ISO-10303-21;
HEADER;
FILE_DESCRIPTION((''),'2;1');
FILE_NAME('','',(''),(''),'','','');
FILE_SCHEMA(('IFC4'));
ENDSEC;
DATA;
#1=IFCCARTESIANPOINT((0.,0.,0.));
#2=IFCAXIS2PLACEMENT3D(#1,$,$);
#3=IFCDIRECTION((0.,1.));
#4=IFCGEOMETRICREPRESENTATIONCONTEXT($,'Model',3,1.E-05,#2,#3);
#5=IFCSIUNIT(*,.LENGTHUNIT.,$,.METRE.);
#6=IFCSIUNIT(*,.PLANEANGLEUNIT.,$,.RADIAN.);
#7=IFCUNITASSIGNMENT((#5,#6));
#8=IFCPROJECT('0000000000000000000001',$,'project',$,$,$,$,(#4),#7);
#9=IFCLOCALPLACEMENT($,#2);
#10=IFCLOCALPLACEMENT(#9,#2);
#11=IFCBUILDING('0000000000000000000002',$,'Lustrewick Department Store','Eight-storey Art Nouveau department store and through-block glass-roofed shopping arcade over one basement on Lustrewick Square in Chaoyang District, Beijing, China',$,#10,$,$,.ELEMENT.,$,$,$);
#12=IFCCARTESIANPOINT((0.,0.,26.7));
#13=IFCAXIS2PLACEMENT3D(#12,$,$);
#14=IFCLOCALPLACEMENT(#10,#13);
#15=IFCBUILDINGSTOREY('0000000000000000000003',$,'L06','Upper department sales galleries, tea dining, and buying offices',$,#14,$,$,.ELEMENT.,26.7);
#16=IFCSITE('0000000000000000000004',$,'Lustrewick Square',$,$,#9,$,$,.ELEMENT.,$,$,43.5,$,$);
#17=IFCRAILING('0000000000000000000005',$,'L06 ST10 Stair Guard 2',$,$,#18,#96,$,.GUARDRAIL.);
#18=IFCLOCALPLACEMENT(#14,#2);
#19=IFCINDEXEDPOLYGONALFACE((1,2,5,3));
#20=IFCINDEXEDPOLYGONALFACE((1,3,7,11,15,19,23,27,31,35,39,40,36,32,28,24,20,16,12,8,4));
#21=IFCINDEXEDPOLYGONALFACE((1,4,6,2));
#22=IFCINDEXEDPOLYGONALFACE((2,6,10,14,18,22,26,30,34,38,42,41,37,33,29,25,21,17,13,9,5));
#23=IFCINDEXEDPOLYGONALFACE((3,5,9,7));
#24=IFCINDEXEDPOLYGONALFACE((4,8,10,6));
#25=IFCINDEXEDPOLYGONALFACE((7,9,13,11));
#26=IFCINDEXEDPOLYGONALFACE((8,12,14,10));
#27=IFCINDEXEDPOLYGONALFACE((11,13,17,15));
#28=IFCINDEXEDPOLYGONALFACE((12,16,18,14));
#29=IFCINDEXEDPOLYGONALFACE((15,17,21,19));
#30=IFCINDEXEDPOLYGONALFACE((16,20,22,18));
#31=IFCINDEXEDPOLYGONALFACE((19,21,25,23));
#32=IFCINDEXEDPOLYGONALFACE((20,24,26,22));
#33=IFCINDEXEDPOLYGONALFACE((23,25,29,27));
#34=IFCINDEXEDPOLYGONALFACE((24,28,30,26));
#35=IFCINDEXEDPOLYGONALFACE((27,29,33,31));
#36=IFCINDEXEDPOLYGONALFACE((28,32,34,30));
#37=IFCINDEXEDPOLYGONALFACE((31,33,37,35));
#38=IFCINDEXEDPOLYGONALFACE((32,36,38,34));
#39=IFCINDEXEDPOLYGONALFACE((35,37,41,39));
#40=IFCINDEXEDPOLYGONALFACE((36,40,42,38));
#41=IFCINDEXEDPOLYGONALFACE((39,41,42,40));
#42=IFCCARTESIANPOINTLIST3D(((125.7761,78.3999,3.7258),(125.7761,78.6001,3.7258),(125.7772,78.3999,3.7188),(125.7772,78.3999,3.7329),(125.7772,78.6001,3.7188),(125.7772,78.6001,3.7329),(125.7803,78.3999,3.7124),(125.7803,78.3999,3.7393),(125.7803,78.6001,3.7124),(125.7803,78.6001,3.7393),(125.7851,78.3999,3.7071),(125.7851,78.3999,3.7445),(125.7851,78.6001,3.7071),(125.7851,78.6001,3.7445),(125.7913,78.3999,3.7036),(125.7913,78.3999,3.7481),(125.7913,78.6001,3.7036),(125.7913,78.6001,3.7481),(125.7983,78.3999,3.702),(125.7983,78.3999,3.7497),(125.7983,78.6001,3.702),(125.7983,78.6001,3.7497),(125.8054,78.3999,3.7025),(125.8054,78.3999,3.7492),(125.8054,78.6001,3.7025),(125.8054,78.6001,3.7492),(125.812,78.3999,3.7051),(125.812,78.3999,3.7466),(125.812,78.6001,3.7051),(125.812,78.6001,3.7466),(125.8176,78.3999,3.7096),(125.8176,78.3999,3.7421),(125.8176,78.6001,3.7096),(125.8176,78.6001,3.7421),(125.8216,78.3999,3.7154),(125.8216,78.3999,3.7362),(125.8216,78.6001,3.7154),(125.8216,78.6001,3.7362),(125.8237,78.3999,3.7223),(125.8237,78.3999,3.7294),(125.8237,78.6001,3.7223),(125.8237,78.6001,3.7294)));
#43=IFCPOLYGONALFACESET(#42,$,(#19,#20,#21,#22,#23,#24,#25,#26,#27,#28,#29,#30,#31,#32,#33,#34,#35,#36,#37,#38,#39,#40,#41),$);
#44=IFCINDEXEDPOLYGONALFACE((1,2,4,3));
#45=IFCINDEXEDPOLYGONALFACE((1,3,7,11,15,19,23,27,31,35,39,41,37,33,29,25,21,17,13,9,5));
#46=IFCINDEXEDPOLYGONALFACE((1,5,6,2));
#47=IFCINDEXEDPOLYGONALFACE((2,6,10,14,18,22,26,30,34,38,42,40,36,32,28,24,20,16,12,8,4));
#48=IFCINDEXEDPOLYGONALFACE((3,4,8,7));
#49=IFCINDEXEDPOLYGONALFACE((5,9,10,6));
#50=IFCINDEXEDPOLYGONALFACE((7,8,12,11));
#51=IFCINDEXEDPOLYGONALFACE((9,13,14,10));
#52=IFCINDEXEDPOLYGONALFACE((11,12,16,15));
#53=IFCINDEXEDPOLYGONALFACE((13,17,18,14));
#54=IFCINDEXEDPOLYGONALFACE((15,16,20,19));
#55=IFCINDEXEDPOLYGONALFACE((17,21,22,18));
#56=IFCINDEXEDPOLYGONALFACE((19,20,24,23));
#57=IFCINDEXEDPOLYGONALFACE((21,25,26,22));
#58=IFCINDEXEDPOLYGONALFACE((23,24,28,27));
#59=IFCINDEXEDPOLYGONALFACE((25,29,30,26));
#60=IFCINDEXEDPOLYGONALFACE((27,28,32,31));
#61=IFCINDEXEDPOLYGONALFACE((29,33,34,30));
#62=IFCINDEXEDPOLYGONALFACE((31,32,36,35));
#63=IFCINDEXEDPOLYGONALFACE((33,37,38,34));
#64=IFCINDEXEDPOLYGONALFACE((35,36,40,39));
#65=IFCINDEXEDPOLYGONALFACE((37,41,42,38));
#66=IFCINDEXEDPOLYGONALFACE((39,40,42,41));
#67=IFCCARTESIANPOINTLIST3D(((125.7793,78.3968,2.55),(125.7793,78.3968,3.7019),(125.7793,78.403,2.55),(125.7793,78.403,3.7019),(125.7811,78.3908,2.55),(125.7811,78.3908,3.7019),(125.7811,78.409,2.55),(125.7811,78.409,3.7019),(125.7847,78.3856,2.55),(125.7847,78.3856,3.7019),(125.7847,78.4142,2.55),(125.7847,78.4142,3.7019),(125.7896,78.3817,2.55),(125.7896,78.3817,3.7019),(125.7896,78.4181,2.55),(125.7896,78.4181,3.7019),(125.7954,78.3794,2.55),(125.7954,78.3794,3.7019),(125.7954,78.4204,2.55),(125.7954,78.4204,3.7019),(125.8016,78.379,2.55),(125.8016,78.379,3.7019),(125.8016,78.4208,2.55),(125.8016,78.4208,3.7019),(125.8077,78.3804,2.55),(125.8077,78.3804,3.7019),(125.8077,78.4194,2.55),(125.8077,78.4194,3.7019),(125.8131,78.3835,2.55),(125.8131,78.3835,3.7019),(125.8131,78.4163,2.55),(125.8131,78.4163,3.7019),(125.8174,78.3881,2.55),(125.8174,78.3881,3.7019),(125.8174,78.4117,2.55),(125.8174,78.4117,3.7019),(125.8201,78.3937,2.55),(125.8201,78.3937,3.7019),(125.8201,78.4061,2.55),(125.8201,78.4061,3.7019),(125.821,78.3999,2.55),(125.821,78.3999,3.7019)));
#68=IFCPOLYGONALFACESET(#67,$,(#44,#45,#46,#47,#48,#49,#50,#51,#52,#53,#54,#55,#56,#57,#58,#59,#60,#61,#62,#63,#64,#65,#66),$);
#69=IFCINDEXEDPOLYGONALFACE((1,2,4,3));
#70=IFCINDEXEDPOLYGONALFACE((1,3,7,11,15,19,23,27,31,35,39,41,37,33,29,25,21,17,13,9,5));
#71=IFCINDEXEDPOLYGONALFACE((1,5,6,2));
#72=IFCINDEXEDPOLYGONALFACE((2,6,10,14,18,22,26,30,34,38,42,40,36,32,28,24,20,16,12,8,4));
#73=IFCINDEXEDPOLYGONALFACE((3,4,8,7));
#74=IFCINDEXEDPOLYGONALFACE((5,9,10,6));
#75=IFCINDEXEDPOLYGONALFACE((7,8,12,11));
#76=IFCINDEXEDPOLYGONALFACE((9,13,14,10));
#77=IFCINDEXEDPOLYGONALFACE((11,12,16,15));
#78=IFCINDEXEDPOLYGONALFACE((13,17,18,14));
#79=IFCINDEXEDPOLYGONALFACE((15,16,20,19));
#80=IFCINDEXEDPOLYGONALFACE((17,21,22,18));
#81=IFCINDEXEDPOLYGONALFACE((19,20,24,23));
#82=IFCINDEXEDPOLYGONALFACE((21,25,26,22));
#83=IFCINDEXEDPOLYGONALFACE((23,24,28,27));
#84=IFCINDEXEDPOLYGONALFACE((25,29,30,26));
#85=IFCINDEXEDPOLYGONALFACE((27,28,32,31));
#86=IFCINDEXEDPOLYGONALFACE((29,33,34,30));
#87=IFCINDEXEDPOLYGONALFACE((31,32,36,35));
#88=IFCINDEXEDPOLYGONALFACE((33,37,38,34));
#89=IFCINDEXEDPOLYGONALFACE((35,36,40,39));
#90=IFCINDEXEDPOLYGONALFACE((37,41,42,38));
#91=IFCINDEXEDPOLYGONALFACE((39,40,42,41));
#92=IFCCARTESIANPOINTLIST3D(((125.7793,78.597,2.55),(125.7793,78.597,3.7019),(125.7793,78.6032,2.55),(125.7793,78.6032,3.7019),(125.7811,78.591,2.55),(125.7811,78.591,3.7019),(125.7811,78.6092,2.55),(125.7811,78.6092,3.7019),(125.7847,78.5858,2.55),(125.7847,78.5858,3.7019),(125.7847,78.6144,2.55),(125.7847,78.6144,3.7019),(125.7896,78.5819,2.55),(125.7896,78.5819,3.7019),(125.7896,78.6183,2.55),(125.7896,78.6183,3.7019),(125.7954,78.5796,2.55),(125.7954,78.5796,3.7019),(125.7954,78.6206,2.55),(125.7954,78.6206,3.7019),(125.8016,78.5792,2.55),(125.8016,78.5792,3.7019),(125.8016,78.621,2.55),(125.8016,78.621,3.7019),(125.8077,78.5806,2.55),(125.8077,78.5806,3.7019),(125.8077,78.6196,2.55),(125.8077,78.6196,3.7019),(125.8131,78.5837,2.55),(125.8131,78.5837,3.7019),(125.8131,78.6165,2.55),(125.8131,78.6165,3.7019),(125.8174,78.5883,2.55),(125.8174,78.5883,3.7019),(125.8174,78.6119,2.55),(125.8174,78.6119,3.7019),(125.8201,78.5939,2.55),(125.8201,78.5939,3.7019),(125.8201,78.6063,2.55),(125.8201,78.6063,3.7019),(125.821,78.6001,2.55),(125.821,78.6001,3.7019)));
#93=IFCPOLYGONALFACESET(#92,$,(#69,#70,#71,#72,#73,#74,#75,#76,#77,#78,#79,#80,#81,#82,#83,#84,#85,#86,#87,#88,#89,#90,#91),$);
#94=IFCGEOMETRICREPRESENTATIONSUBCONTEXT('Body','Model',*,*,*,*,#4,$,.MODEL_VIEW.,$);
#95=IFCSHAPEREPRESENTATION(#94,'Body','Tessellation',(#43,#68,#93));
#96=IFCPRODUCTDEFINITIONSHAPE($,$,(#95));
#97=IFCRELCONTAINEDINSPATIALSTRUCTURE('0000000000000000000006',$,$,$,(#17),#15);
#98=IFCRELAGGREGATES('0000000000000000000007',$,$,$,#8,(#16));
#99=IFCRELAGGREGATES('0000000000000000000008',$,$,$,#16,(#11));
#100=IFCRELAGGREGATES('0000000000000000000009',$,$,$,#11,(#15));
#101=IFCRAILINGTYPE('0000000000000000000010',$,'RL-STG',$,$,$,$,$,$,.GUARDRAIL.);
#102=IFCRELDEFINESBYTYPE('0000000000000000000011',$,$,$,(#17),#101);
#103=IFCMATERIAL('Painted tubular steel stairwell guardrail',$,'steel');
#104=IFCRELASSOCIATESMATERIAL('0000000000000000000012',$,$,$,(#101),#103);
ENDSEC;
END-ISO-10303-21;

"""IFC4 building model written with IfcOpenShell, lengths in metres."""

from ifc_helpers import new_model, si_unit, direction, frame, origin, origin_2d, place, context, subcontext, project, spatial, circle, extrude, material, type_object, element, save


model = new_model("IFC4")

# Units and contexts
model_context = context("Model", 3, precision=1e-05, world=origin(), true_north=direction((0.0, 1.0)))
body_context = subcontext(model_context, "Body", "Model", "MODEL_VIEW")
ifc_project = project(units=[si_unit("LENGTHUNIT", "METRE"), si_unit("PLANEANGLEUNIT", "RADIAN")], contexts=[model_context])

# Site, building, storey
site_placement = place(None, origin())
site = spatial("IfcSite", under=ifc_project, at=site_placement, Name="Lustrewick Square", CompositionType="ELEMENT", RefElevation=43.5)
building_placement = place(site_placement, origin())
building = spatial("IfcBuilding", under=site, at=building_placement, Name="Lustrewick Department Store", Description="Eight-storey Art Nouveau department store and through-block glass-roofed shopping arcade over one basement on Lustrewick Square in Chaoyang District, Beijing, China", CompositionType="ELEMENT")
storey_placement = place(building_placement, frame((0.0, 0.0, 26.7)))
storey = spatial("IfcBuildingStorey", under=building, at=storey_placement, Name="L06", Description="Upper department sales galleries, tea dining, and buying offices", CompositionType="ELEMENT", Elevation=26.7)

# Railing
ifc_material_1 = material(Name="Painted tubular steel stairwell guardrail", Category="steel")
railing_type_1 = type_object("IfcRailingType", Name="RL-STG", PredefinedType="GUARDRAIL", material=ifc_material_1)
railing_1_placement = place(storey_placement, frame((125.8, 78.3999, 2.55)))
element("IfcRailing", 1, at=railing_1_placement, inside=storey, type_object=railing_type_1, Name="L06 ST10 Stair Guard 2", PredefinedType="GUARDRAIL", context=body_context, shape_type="SweptSolid", body=[
    extrude(circle(Radius=0.0239, at=origin_2d()), frame((0.0, 0.0, 1.1758), z_axis=(0.0, 1.0, 0.0), x_axis=(-1.0, 0.0, 0.0)), (0.0, 0.0, 1.0), 0.2002),
    extrude(circle(Radius=0.021, at=origin_2d()), origin(), (0.0, 0.0, 1.0), 1.1519),
    extrude(circle(Radius=0.021, at=origin_2d()), frame((0.0, 0.2002, 0.0)), (0.0, 0.0, 1.0), 1.1519),
])

save(model, "model.ifc")
